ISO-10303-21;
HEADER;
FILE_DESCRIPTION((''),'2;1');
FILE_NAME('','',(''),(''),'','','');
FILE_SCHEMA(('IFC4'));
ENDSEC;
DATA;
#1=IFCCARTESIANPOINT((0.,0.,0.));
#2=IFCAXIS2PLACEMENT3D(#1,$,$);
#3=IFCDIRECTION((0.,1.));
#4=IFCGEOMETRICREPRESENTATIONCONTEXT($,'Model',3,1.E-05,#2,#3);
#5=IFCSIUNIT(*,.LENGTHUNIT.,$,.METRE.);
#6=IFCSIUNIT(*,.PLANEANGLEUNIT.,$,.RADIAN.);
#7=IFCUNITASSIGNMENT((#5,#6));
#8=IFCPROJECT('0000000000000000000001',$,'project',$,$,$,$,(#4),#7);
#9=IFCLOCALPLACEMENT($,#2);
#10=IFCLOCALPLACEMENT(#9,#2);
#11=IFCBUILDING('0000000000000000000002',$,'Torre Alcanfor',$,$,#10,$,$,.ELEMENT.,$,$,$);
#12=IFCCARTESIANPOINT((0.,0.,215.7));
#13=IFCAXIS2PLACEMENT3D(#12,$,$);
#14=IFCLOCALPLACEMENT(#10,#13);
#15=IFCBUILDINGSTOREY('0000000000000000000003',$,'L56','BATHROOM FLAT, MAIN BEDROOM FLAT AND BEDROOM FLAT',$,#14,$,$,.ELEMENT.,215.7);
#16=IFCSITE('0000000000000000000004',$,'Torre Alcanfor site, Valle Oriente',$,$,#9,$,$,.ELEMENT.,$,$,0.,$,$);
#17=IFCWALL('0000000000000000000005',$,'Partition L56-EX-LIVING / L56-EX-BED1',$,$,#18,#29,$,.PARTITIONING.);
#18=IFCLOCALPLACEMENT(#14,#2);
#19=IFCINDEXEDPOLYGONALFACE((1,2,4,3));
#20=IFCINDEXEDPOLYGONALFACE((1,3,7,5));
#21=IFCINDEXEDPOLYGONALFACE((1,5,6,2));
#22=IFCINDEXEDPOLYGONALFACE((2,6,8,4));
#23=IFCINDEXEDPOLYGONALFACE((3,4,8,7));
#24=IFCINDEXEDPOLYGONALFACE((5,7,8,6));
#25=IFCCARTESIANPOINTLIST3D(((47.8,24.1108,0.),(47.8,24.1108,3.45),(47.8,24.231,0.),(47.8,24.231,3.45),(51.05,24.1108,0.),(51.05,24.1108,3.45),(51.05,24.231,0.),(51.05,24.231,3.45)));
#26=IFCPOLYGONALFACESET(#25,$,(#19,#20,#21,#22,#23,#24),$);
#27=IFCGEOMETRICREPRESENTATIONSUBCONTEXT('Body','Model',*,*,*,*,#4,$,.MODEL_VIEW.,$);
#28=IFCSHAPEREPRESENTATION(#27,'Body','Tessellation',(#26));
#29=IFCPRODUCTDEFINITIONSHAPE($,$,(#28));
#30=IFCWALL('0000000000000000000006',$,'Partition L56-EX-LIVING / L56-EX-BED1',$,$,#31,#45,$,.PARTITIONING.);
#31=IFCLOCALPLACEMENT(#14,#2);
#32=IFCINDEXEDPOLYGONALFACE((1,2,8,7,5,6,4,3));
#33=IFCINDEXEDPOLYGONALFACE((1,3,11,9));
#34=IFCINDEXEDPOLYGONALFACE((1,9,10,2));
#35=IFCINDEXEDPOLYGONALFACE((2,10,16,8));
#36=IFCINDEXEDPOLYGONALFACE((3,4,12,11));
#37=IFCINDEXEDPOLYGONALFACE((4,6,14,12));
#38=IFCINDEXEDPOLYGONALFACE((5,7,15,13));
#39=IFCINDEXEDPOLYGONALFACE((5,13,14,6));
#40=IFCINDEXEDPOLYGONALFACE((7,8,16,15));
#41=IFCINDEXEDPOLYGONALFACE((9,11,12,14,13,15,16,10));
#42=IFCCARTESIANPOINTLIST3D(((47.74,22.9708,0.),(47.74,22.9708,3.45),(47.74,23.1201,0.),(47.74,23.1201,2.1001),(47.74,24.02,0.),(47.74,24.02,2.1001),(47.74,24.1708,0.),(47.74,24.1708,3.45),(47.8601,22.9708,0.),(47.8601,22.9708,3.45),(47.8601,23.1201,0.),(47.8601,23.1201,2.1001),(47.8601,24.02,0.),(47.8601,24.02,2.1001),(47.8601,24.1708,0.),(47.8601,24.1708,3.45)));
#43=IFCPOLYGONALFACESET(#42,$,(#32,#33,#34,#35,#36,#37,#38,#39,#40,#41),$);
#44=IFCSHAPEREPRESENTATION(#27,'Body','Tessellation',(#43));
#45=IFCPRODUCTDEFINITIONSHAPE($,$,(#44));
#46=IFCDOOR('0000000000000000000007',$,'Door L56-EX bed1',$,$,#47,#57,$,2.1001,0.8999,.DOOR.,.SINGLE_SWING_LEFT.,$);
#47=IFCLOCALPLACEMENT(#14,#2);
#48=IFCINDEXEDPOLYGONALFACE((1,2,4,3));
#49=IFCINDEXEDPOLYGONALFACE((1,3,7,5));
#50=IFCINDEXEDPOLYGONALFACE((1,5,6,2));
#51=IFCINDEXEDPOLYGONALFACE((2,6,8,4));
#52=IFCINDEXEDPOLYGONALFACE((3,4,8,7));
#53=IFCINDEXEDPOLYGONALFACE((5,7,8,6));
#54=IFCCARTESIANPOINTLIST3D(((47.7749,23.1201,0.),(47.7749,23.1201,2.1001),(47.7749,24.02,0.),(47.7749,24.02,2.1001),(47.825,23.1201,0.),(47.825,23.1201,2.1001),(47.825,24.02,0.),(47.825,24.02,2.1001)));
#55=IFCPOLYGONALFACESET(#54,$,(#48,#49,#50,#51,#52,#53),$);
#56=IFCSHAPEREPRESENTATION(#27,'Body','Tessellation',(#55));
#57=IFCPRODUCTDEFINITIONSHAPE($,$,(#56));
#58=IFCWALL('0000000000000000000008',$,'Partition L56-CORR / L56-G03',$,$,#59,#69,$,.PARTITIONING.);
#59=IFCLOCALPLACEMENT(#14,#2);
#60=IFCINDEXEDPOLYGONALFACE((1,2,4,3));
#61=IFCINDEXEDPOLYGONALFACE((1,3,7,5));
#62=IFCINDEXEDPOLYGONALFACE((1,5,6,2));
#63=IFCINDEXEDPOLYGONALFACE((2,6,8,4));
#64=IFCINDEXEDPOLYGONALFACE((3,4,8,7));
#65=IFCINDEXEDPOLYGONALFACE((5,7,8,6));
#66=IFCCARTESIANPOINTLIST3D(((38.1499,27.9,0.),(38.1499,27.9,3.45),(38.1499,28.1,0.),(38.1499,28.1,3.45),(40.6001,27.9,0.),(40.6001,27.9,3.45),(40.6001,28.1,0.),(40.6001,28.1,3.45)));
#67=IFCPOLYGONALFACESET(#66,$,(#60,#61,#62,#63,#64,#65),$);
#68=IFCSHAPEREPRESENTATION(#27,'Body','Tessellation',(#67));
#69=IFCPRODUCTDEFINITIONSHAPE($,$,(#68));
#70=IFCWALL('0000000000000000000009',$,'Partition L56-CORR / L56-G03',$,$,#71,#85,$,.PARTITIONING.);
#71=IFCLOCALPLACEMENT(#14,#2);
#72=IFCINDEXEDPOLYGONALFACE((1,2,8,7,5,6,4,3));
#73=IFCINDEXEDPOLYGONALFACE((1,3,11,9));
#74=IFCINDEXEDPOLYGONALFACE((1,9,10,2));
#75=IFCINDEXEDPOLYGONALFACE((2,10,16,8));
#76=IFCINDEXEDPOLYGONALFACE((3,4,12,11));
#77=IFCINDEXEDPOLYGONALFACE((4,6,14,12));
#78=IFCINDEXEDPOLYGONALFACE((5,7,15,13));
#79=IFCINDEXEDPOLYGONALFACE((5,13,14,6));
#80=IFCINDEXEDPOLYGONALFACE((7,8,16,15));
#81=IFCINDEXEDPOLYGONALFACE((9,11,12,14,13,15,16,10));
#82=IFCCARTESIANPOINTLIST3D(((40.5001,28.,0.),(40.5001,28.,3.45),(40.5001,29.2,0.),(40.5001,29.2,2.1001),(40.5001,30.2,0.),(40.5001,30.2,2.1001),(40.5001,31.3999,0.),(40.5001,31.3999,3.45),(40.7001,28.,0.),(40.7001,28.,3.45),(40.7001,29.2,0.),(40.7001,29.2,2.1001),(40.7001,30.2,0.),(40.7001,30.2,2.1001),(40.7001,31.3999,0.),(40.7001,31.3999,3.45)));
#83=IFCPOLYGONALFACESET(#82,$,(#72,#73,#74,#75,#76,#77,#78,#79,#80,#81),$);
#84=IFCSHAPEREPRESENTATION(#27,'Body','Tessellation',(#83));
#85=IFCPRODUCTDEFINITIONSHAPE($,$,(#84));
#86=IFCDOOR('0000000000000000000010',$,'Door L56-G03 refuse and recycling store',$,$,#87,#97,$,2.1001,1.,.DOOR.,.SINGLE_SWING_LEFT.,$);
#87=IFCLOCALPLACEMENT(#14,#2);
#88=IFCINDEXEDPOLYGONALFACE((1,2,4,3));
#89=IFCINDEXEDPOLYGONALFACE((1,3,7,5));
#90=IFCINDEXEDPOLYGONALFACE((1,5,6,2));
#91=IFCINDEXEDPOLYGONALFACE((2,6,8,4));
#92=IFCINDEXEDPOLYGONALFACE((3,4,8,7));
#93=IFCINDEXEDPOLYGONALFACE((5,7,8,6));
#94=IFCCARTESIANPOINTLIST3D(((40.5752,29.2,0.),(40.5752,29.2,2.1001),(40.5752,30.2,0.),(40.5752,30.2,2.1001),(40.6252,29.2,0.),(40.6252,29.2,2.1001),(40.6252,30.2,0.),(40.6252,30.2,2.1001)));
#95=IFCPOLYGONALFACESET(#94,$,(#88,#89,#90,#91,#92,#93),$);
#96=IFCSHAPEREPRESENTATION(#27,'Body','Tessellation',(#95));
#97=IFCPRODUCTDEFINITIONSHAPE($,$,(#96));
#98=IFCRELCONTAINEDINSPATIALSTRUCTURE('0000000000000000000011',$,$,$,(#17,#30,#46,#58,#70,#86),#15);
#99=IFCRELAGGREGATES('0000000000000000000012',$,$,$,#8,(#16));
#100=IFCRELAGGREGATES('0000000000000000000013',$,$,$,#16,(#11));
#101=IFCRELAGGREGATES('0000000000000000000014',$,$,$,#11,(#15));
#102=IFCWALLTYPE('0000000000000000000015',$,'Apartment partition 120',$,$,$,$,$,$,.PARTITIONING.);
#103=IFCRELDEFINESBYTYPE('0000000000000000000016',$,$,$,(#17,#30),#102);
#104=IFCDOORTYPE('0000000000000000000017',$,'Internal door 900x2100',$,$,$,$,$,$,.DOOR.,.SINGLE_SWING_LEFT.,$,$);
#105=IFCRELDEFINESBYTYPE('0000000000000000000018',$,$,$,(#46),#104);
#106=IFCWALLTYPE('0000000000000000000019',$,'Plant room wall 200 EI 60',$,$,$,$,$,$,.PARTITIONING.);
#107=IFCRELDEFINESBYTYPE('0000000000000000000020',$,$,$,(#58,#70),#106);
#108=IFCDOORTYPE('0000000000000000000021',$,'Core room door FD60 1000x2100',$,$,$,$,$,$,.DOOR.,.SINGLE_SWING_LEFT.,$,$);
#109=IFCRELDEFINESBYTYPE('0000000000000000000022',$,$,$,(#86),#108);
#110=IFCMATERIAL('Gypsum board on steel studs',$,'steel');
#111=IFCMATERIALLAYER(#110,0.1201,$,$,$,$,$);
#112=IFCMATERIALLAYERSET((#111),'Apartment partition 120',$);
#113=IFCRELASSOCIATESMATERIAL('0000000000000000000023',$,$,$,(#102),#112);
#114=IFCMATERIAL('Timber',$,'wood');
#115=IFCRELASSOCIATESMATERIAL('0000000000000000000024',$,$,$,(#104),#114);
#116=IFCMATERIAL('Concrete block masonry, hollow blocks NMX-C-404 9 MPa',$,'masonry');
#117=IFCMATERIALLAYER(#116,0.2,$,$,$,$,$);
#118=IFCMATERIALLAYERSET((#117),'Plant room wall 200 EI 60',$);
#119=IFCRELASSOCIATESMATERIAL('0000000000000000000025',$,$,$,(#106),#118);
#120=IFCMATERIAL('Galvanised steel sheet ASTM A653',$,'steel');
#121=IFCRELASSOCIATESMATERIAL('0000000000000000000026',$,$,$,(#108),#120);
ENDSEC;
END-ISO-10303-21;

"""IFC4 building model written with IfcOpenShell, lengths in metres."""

from ifc_helpers import new_model, si_unit, direction, frame, frame_2d, origin, place, context, subcontext, project, spatial, rectangle, extrude, material, layer, layer_set, type_object, element, fill, save


model = new_model("IFC4")

# Units and contexts
model_context = context("Model", 3, precision=1e-05, world=origin(), true_north=direction((0.0, 1.0)))
body_context = subcontext(model_context, "Body", "Model", "MODEL_VIEW")
ifc_project = project(units=[si_unit("LENGTHUNIT", "METRE"), si_unit("PLANEANGLEUNIT", "RADIAN")], contexts=[model_context])

# Site, building, storey
site_placement = place(None, origin())
site = spatial("IfcSite", under=ifc_project, at=site_placement, Name="Torre Alcanfor site, Valle Oriente", CompositionType="ELEMENT", RefElevation=0.0)
building_placement = place(site_placement, origin())
building = spatial("IfcBuilding", under=site, at=building_placement, Name="Torre Alcanfor", CompositionType="ELEMENT")
storey_placement = place(building_placement, frame((0.0, 0.0, 215.7)))
storey = spatial("IfcBuildingStorey", under=building, at=storey_placement, Name="L56", Description="BATHROOM FLAT, MAIN BEDROOM FLAT AND BEDROOM FLAT", CompositionType="ELEMENT", Elevation=215.7)

# Shared definitions
ifc_material_1 = material(Name="Gypsum board on steel studs", Category="steel")
ifc_layer_1 = layer(ifc_material_1, 0.1201)
ifc_layer_set_1 = layer_set([ifc_layer_1], Name="Apartment partition 120")
wall_type_1 = type_object("IfcWallType", Name="Apartment partition 120", PredefinedType="PARTITIONING", material=ifc_layer_set_1)
ifc_material_2 = material(Name="Timber", Category="wood")
door_type_1 = type_object("IfcDoorType", Name="Internal door 900x2100", OperationType="SINGLE_SWING_LEFT", PredefinedType="DOOR", material=ifc_material_2)

# Wall
wall_1_placement = place(storey_placement, frame((51.05, 24.1709, 0.0), z_axis=(0.0, 0.0, 1.0), x_axis=(-1.0, 0.0, 0.0)))
element("IfcWall", 1, at=wall_1_placement, inside=storey, type_object=wall_type_1, Name="Partition L56-EX-LIVING / L56-EX-BED1", PredefinedType="PARTITIONING", context=body_context, shape_type="SweptSolid", body=[
    extrude(rectangle(XDim=3.25, YDim=0.1201, at=frame_2d((1.625, 0.0))), origin(), (0.0, 0.0, 1.0), 3.45),
])

# Wall, opening, door
wall_2_placement = place(storey_placement, frame((47.8, 24.1709, 0.0), z_axis=(0.0, 0.0, 1.0), x_axis=(0.0, -1.0, 0.0)))
wall_2 = element("IfcWall", 2, at=wall_2_placement, inside=storey, type_object=wall_type_1, Name="Partition L56-EX-LIVING / L56-EX-BED1", PredefinedType="PARTITIONING", context=body_context, shape_type="SweptSolid", body=[
    extrude(rectangle(XDim=1.2, YDim=0.1201, at=frame_2d((0.6001, 0.0))), origin(), (0.0, 0.0, 1.0), 3.45),
])
opening_1_placement = place(wall_2_placement, frame((0.1509, 0.0, 0.0)))
opening_1 = element("IfcOpeningElement", 3, at=opening_1_placement, cuts=wall_2, PredefinedType="OPENING", context=body_context, shape_type="SweptSolid", body=[
    extrude(rectangle(XDim=0.8999, YDim=2.1001, at=frame_2d((0.45, 1.05))), frame((0.0, 0.0701, 0.0), z_axis=(0.0, -1.0, 0.0), x_axis=(1.0, 0.0, 0.0)), (0.0, 0.0, 1.0), 0.1401),
])
door_1_placement = place(opening_1_placement, origin())
door_1 = element("IfcDoor", 4, at=door_1_placement, inside=storey, type_object=door_type_1, Name="Door L56-EX bed1", OperationType="SINGLE_SWING_LEFT", OverallHeight=2.1001, OverallWidth=0.8999, PredefinedType="DOOR", context=body_context, shape_type="SweptSolid", body=[
    extrude(rectangle(XDim=0.8999, YDim=2.1001, at=frame_2d((0.45, 1.05))), frame((0.0, 0.0249, 0.0), z_axis=(0.0, -1.0, 0.0), x_axis=(1.0, 0.0, 0.0)), (0.0, 0.0, 1.0), 0.05),
])
fill(opening_1, door_1)

# Wall
ifc_material_3 = material(Name="Concrete block masonry, hollow blocks NMX-C-404 9 MPa", Category="masonry")
ifc_layer_2 = layer(ifc_material_3, 0.2)
ifc_layer_set_2 = layer_set([ifc_layer_2], Name="Plant room wall 200 EI 60")
wall_type_2 = type_object("IfcWallType", Name="Plant room wall 200 EI 60", PredefinedType="PARTITIONING", material=ifc_layer_set_2)
wall_3_placement = place(storey_placement, frame((38.1499, 28.0, 0.0), z_axis=(0.0, 0.0, 1.0), x_axis=(1.0, 0.0, 0.0)))
element("IfcWall", 5, at=wall_3_placement, inside=storey, type_object=wall_type_2, Name="Partition L56-CORR / L56-G03", PredefinedType="PARTITIONING", context=body_context, shape_type="SweptSolid", body=[
    extrude(rectangle(XDim=2.4502, YDim=0.2, at=frame_2d((1.2251, 0.0))), origin(), (0.0, 0.0, 1.0), 3.45),
])

# Wall, opening, door
wall_4_placement = place(storey_placement, frame((40.6001, 28.0, 0.0), z_axis=(0.0, 0.0, 1.0), x_axis=(0.0, 1.0, 0.0)))
wall_4 = element("IfcWall", 6, at=wall_4_placement, inside=storey, type_object=wall_type_2, Name="Partition L56-CORR / L56-G03", PredefinedType="PARTITIONING", context=body_context, shape_type="SweptSolid", body=[
    extrude(rectangle(XDim=3.3999, YDim=0.2, at=frame_2d((1.7, 0.0))), origin(), (0.0, 0.0, 1.0), 3.45),
])
opening_2_placement = place(wall_4_placement, frame((1.2, 0.0, 0.0)))
opening_2 = element("IfcOpeningElement", 7, at=opening_2_placement, cuts=wall_4, PredefinedType="OPENING", context=body_context, shape_type="SweptSolid", body=[
    extrude(rectangle(XDim=1.0, YDim=2.1001, at=frame_2d((0.5, 1.05))), frame((0.0, 0.1099, 0.0), z_axis=(0.0, -1.0, 0.0), x_axis=(1.0, 0.0, 0.0)), (0.0, 0.0, 1.0), 0.22),
])
ifc_material_4 = material(Name="Galvanised steel sheet ASTM A653", Category="steel")
door_type_2 = type_object("IfcDoorType", Name="Core room door FD60 1000x2100", OperationType="SINGLE_SWING_LEFT", PredefinedType="DOOR", material=ifc_material_4)
door_2_placement = place(opening_2_placement, origin())
door_2 = element("IfcDoor", 8, at=door_2_placement, inside=storey, type_object=door_type_2, Name="Door L56-G03 refuse and recycling store", OperationType="SINGLE_SWING_LEFT", OverallHeight=2.1001, OverallWidth=1.0, PredefinedType="DOOR", context=body_context, shape_type="SweptSolid", body=[
    extrude(rectangle(XDim=1.0, YDim=2.1001, at=frame_2d((0.5, 1.05))), frame((0.0, 0.0249, 0.0), z_axis=(0.0, -1.0, 0.0), x_axis=(1.0, 0.0, 0.0)), (0.0, 0.0, 1.0), 0.05),
])
fill(opening_2, door_2)

save(model, "model.ifc")
